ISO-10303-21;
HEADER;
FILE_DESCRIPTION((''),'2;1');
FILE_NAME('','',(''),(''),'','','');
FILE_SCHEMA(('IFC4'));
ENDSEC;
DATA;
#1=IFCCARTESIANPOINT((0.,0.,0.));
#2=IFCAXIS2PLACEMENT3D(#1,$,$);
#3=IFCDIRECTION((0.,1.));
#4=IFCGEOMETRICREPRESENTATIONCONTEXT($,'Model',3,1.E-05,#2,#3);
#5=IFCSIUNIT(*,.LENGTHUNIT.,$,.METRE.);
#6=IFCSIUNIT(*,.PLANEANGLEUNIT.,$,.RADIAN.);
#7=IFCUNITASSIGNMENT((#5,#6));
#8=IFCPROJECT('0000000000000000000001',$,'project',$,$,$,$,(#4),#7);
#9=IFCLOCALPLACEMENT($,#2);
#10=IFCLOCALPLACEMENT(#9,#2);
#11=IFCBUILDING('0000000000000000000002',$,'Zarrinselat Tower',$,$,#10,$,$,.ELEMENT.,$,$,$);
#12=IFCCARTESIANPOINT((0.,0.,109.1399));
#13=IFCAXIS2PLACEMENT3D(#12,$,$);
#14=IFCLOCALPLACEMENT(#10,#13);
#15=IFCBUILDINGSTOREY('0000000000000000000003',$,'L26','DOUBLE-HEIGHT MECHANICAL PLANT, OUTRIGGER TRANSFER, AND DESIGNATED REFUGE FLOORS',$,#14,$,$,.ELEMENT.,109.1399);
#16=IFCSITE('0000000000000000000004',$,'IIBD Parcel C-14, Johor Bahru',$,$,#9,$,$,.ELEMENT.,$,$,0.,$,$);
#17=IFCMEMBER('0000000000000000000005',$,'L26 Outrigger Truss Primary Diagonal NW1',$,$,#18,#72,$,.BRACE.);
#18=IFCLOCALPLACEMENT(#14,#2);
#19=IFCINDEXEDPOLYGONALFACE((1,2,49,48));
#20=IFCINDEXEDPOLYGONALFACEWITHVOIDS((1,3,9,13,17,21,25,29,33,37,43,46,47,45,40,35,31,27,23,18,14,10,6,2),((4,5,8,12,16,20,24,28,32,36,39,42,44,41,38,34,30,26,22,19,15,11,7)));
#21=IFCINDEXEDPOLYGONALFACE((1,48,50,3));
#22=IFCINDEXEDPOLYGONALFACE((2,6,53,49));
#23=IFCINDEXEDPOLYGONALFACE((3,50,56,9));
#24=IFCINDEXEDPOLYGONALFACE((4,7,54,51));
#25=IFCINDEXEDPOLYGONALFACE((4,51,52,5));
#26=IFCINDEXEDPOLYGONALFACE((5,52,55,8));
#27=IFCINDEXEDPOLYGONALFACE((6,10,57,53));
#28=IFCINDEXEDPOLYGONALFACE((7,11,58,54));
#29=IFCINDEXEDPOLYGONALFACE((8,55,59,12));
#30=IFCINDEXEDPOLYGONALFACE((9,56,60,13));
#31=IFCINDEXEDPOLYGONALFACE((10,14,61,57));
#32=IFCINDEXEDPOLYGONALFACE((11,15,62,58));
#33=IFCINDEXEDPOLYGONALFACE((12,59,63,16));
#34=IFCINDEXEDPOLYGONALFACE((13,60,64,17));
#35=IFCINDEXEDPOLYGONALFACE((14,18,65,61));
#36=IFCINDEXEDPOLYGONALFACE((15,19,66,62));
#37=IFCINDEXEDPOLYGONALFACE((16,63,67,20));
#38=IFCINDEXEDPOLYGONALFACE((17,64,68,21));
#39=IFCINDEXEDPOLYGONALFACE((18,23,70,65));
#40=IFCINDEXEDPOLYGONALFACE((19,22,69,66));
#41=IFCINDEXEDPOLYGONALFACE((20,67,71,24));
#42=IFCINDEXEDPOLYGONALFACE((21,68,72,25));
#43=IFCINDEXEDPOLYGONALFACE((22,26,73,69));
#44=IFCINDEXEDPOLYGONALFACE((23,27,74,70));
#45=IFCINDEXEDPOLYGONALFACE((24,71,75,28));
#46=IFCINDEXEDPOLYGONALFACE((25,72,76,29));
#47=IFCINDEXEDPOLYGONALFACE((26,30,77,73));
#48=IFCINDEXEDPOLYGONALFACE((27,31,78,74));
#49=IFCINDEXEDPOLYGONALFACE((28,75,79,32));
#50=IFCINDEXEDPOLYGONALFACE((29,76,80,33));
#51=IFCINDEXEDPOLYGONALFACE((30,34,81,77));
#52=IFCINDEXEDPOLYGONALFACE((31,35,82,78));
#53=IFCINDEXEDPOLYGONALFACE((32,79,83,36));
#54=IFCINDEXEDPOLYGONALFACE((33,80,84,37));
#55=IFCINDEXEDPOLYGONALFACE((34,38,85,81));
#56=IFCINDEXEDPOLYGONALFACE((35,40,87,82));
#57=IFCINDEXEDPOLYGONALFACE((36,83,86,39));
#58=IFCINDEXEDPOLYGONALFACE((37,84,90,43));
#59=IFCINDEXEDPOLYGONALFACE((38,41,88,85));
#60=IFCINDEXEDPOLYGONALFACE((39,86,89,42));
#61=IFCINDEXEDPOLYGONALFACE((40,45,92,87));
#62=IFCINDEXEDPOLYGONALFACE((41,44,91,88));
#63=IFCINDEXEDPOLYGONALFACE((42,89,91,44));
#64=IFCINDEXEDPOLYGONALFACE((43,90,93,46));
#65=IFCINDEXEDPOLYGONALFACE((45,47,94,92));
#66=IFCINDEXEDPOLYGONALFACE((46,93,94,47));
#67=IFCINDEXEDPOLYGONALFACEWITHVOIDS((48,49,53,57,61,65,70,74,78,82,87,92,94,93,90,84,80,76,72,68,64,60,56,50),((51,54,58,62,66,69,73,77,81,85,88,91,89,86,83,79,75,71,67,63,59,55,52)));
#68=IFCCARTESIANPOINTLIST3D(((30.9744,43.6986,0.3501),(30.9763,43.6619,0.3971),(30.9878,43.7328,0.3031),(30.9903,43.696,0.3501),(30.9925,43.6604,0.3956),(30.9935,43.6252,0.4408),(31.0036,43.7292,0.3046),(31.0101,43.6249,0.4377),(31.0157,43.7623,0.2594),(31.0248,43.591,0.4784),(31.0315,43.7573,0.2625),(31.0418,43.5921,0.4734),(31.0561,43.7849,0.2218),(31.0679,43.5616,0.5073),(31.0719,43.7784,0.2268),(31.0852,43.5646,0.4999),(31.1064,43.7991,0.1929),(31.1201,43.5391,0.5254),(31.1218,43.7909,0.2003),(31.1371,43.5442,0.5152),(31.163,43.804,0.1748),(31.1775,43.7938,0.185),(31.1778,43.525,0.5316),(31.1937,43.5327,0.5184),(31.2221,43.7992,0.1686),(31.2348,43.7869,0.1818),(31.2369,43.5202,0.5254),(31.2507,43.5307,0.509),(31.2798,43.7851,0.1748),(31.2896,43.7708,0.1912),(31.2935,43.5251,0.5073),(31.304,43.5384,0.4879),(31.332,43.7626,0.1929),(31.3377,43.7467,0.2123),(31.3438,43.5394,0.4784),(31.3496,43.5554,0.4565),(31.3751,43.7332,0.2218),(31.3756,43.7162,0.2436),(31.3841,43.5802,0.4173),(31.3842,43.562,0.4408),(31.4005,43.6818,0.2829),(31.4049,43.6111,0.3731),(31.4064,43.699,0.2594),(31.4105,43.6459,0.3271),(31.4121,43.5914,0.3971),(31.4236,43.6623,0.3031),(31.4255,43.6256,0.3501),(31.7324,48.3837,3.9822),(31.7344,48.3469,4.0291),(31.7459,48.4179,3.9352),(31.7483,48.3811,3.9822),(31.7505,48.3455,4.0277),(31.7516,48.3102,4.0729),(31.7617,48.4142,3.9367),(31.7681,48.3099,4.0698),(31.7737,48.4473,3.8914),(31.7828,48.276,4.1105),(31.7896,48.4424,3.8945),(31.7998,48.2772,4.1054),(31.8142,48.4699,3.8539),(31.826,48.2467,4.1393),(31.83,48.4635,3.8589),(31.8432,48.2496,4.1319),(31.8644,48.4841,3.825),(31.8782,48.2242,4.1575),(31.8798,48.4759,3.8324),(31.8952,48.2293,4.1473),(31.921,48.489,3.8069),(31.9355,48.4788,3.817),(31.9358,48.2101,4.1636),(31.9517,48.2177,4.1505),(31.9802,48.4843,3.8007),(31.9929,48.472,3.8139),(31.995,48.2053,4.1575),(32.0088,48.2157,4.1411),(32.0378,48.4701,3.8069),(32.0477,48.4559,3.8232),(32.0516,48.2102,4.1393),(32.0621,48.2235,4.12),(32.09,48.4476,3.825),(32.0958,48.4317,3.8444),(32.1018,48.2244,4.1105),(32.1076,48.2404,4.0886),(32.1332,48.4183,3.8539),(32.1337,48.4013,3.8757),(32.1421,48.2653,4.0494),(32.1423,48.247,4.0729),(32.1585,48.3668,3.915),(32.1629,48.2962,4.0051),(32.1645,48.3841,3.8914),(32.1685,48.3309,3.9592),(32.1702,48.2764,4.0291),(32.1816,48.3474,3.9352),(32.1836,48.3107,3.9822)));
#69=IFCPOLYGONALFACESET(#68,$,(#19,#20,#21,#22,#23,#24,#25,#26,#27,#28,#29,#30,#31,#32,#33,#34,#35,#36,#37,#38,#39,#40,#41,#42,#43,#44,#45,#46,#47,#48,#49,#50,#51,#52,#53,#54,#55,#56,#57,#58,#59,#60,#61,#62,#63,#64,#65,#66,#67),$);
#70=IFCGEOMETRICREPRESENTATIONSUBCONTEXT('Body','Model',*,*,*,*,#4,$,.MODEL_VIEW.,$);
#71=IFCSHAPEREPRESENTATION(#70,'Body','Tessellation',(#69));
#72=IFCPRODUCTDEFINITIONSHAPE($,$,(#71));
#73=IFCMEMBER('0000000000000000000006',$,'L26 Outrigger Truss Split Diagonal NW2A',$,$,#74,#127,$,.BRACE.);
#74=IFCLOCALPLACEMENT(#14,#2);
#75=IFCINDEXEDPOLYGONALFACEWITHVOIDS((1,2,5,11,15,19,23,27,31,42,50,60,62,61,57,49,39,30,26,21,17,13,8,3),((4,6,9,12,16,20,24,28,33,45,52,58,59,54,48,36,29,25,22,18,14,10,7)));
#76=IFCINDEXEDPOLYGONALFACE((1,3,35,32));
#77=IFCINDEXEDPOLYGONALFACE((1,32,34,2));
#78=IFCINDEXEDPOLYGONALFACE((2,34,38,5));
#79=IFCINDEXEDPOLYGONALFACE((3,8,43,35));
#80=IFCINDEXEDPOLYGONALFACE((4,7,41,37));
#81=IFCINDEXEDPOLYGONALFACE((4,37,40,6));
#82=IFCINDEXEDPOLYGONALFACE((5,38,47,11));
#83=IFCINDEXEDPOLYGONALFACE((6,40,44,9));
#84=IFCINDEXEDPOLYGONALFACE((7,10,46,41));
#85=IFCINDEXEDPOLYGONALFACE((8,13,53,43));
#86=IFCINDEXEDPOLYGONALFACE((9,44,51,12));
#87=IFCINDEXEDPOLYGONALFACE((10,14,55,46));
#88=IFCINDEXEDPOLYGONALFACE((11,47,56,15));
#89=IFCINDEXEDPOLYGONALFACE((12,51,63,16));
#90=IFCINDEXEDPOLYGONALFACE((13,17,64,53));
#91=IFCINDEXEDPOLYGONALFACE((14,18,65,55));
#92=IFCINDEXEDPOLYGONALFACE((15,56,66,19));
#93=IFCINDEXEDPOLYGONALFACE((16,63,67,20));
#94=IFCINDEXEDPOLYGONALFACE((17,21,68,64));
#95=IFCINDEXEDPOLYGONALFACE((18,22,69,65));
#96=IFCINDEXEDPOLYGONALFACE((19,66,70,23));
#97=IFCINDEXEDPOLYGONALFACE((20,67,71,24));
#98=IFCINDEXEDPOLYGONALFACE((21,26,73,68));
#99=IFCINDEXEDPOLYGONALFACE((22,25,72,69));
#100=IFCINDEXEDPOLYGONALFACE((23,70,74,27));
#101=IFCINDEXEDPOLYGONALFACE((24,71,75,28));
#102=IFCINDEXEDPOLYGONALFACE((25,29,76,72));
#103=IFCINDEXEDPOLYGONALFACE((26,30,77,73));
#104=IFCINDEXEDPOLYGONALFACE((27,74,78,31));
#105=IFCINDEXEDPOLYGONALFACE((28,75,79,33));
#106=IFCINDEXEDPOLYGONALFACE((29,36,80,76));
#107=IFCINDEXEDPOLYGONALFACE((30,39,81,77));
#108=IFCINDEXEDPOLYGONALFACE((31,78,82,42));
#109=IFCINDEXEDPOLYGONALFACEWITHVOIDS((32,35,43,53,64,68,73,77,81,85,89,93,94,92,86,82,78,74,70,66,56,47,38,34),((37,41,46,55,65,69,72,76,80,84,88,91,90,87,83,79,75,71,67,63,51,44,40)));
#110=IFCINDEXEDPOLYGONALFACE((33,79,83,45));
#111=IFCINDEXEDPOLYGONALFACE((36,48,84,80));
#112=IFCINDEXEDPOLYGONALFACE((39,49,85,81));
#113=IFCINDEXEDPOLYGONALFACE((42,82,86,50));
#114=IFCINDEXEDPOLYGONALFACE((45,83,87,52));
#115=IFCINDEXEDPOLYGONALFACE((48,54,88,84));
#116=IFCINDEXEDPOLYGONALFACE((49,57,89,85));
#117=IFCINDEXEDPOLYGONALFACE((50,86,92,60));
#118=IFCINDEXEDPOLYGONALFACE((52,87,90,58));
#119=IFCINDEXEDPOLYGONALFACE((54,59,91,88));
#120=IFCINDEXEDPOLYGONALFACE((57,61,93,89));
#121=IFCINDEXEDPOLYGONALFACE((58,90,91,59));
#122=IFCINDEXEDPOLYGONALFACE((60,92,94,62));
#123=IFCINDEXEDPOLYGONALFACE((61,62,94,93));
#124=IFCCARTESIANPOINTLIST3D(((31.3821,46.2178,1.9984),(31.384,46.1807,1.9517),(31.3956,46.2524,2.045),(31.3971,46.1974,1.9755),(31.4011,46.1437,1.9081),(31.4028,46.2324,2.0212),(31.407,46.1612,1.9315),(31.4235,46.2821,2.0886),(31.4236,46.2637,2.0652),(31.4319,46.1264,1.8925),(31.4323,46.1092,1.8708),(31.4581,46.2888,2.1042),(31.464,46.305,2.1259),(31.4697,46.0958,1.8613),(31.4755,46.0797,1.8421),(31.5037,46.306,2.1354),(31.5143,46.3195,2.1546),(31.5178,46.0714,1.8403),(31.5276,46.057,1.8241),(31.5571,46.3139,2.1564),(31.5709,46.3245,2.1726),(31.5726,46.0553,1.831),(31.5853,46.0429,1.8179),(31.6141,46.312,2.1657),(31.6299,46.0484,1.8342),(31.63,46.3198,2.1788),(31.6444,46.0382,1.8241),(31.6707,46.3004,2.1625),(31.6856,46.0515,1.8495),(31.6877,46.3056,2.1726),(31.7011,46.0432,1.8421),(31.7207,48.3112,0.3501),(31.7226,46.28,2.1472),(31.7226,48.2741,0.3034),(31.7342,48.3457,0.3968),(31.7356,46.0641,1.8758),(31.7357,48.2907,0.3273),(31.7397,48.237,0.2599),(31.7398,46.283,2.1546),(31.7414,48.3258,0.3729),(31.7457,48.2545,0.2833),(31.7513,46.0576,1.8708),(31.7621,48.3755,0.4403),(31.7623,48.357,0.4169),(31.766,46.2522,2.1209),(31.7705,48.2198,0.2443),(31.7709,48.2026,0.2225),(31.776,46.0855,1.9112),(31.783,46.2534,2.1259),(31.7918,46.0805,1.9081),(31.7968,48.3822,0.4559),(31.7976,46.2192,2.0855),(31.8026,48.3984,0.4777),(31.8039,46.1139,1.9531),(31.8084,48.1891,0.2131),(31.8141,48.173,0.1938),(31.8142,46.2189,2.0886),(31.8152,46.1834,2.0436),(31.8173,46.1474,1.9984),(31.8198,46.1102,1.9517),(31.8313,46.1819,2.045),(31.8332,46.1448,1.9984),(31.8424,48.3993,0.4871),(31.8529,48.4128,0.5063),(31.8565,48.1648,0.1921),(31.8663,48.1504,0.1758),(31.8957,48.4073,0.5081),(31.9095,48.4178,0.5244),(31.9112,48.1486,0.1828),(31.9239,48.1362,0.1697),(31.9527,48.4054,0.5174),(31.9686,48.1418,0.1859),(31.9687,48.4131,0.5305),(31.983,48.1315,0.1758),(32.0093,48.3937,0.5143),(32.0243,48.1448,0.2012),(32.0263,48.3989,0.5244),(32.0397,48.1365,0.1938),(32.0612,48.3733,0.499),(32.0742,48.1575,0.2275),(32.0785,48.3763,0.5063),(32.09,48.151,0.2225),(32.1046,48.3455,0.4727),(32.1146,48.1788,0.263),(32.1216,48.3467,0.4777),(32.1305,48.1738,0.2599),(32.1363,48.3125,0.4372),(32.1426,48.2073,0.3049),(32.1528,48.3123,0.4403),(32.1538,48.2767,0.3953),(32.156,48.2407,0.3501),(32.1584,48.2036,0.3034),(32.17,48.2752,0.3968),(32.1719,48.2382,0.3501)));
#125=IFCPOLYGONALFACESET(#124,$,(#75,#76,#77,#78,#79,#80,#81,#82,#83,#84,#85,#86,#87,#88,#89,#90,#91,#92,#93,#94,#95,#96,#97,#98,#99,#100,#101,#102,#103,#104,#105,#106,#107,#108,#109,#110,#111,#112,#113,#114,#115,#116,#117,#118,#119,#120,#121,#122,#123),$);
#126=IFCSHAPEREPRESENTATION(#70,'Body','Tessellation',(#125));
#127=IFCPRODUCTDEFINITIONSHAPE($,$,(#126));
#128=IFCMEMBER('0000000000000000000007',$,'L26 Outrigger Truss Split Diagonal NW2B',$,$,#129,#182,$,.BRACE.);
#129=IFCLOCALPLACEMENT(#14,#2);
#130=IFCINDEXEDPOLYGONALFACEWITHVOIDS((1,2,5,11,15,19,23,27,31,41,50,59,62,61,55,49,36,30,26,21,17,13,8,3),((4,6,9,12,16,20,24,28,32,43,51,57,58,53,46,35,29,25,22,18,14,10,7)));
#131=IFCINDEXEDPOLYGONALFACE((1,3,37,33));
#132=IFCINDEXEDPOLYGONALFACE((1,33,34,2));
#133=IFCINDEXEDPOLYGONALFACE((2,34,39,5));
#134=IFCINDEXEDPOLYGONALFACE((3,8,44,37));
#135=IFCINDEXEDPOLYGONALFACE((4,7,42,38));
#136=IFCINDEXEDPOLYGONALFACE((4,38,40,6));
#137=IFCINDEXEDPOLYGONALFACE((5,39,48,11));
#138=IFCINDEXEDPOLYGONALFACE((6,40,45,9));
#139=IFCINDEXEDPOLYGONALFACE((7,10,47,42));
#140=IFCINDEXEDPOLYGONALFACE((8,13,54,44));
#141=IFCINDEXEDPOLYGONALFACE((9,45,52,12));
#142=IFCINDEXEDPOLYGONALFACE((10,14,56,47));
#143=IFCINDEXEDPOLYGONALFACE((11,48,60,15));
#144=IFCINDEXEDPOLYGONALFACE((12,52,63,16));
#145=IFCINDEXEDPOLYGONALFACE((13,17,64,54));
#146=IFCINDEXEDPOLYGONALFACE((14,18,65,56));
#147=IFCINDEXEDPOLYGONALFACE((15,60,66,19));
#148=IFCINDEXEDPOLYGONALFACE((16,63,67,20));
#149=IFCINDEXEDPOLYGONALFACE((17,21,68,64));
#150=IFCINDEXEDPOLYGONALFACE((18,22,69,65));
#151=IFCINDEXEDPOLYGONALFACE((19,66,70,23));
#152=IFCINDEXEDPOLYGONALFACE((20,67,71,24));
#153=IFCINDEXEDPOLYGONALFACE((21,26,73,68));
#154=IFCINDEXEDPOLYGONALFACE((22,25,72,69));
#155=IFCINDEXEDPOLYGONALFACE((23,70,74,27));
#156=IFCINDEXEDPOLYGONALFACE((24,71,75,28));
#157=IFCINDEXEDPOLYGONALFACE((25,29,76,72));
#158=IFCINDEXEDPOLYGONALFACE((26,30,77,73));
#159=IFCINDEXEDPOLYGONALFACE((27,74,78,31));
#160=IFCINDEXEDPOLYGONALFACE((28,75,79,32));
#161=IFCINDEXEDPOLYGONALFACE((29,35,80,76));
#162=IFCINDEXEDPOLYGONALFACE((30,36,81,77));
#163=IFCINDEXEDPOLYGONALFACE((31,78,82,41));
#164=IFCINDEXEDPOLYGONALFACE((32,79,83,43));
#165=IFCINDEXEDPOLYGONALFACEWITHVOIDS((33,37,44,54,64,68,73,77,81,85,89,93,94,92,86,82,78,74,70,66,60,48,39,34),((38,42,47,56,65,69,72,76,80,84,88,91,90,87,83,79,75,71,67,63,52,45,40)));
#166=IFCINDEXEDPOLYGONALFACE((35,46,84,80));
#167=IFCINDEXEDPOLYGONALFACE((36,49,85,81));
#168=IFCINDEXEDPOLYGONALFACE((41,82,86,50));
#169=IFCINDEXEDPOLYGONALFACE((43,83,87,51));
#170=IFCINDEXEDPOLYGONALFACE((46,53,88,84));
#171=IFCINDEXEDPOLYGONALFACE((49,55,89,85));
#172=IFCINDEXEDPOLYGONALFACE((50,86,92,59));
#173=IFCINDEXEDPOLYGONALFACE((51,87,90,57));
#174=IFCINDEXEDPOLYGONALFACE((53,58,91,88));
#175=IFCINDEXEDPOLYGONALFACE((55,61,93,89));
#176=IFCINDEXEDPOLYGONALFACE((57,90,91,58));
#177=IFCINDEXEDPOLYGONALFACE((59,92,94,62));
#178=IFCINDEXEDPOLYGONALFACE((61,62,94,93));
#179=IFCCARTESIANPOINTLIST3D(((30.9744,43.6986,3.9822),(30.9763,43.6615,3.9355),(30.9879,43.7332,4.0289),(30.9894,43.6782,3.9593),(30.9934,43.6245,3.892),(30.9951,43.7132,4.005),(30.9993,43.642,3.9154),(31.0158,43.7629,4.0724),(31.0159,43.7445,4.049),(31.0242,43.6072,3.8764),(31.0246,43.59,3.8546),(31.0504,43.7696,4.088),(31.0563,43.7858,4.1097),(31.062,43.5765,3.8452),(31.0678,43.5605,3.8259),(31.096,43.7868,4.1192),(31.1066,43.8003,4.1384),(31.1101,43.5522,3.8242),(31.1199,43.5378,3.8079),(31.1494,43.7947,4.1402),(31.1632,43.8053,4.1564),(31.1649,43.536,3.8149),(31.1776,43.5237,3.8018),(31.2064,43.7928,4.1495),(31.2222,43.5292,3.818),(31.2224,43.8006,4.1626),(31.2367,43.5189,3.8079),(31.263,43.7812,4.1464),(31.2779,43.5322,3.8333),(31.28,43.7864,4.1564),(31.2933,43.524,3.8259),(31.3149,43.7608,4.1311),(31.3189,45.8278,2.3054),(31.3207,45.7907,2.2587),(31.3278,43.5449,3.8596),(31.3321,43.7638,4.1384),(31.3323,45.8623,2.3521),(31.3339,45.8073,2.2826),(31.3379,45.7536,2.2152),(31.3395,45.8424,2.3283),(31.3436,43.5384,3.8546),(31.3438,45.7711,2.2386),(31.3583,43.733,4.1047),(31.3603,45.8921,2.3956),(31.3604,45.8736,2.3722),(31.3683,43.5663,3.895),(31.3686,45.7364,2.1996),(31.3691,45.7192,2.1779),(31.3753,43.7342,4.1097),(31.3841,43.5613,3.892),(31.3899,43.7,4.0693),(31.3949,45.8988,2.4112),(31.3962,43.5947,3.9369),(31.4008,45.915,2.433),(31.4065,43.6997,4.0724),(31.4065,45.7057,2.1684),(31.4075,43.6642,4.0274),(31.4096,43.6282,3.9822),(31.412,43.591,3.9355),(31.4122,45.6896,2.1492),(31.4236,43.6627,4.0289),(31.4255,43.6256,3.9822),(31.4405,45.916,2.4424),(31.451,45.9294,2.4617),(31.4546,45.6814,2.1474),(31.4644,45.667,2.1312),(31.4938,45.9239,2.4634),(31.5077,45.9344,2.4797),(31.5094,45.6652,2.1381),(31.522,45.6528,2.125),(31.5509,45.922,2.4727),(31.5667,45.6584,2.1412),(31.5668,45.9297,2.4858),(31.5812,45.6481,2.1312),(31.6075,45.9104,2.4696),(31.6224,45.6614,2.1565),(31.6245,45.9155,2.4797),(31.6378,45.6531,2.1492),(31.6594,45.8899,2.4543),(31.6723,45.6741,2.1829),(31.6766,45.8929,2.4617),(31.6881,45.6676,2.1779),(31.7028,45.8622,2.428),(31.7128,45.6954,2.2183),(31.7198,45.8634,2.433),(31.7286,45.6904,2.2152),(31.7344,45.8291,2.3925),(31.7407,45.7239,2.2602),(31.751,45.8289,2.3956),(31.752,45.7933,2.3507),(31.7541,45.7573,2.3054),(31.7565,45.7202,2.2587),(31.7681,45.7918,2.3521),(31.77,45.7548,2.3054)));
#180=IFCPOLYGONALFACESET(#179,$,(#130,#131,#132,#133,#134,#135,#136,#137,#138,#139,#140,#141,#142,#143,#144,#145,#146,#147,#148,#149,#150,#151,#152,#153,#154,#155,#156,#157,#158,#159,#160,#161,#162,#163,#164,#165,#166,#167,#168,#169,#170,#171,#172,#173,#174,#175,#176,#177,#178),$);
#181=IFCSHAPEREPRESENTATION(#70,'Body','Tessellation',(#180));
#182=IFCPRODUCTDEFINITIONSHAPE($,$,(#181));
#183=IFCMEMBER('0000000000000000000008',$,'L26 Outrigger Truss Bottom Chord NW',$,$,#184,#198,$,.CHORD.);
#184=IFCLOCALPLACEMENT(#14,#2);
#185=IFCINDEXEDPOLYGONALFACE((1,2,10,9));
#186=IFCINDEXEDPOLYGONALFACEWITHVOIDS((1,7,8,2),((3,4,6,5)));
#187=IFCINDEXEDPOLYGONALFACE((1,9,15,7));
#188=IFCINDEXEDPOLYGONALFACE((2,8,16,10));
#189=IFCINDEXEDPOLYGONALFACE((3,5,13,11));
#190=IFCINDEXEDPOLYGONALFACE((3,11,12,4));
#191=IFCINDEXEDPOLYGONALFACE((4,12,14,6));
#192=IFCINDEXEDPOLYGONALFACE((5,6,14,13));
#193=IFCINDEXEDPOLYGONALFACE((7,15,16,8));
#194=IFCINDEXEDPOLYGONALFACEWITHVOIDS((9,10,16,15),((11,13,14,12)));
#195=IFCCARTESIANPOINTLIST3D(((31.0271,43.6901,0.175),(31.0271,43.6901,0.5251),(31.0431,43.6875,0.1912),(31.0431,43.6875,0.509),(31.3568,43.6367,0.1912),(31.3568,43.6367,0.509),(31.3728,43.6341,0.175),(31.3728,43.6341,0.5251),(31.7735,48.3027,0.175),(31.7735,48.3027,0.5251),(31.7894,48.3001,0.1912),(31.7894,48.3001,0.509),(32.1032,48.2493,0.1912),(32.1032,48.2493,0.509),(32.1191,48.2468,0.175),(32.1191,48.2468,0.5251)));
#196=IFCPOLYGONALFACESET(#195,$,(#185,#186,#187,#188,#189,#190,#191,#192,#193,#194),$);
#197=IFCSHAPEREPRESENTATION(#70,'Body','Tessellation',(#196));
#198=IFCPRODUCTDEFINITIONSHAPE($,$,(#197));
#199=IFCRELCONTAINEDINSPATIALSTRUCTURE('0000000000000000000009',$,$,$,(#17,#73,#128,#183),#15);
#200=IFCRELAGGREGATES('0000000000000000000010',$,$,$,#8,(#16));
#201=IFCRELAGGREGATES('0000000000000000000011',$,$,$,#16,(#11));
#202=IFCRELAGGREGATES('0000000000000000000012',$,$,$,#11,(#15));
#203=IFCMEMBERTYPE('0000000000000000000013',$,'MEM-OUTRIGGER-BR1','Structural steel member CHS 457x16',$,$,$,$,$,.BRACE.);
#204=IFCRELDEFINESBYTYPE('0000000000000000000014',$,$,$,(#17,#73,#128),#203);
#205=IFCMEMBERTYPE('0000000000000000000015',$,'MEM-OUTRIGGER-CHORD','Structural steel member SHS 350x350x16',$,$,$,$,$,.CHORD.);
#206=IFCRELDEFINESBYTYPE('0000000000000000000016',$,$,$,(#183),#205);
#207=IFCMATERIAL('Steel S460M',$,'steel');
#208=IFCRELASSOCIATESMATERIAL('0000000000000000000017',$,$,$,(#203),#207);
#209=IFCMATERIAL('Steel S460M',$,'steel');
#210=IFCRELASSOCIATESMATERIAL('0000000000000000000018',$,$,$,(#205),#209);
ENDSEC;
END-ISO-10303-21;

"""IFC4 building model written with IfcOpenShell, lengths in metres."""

from ifc_helpers import new_model, si_unit, direction, frame, origin, origin_2d, place, context, subcontext, project, spatial, hollow_rectangle, hollow_circle, extrude, material, material_profile, profile_set, type_object, element, save


model = new_model("IFC4")

# Units and contexts
model_context = context("Model", 3, precision=1e-05, world=origin(), true_north=direction((0.0, 1.0)))
body_context = subcontext(model_context, "Body", "Model", "MODEL_VIEW")
ifc_project = project(units=[si_unit("LENGTHUNIT", "METRE"), si_unit("PLANEANGLEUNIT", "RADIAN")], contexts=[model_context])

# Site, building, storey
site_placement = place(None, origin())
site = spatial("IfcSite", under=ifc_project, at=site_placement, Name="IIBD Parcel C-14, Johor Bahru", CompositionType="ELEMENT", RefElevation=0.0)
building_placement = place(site_placement, origin())
building = spatial("IfcBuilding", under=site, at=building_placement, Name="Zarrinselat Tower", CompositionType="ELEMENT")
storey_placement = place(building_placement, frame((0.0, 0.0, 109.1399)))
storey = spatial("IfcBuildingStorey", under=building, at=storey_placement, Name="L26", Description="DOUBLE-HEIGHT MECHANICAL PLANT, OUTRIGGER TRANSFER, AND DESIGNATED REFUGE FLOORS", CompositionType="ELEMENT", Elevation=109.1399)

# Members
ifc_material_1 = material(Name="Steel S460M", Category="steel")
ifc_material_profile_1 = material_profile(ifc_material_1, hollow_circle(Radius=0.2285, WallThickness=0.0161, at=origin_2d()), Name="CHS 457x16")
ifc_profile_set_1 = profile_set([ifc_material_profile_1], Name="Steel S460M")
member_type_1 = type_object("IfcMemberType", Name="MEM-OUTRIGGER-BR1", Description="Structural steel member CHS 457x16", PredefinedType="BRACE", material=ifc_profile_set_1)
member_1_placement = place(storey_placement, frame((31.2, 43.6621, 0.3501), z_axis=(0.126843, 0.783937, 0.607745), x_axis=(-0.987161, 0.159726, 0.0)))
element("IfcMember", 1, at=member_1_placement, inside=storey, type_object=member_type_1, Name="L26 Outrigger Truss Primary Diagonal NW1", PredefinedType="BRACE", context=body_context, shape_type="SweptSolid", body=[
    extrude(hollow_circle(Radius=0.2285, WallThickness=0.0161, at=origin_2d()), origin(), (0.0, 0.0, 1.0), 5.9763),
])
member_2_placement = place(storey_placement, frame((31.9463, 48.2747, 0.3501), z_axis=(-0.126084, -0.779412, 0.613694), x_axis=(0.987167, -0.159692, 0.0)))
element("IfcMember", 2, at=member_2_placement, inside=storey, type_object=member_type_1, Name="L26 Outrigger Truss Split Diagonal NW2A", PredefinedType="BRACE", context=body_context, shape_type="SweptSolid", body=[
    extrude(hollow_circle(Radius=0.2285, WallThickness=0.0161, at=origin_2d()), origin(), (0.0, 0.0, 1.0), 2.6858),
])
member_3_placement = place(storey_placement, frame((31.5444, 45.7913, 2.3054), z_axis=(-0.126095, -0.779356, 0.613762), x_axis=(0.987163, -0.159716, 0.0)))
element("IfcMember", 3, at=member_3_placement, inside=storey, type_object=member_type_1, Name="L26 Outrigger Truss Split Diagonal NW2B", PredefinedType="BRACE", context=body_context, shape_type="SweptSolid", body=[
    extrude(hollow_circle(Radius=0.2285, WallThickness=0.0161, at=origin_2d()), origin(), (0.0, 0.0, 1.0), 2.7319),
])
ifc_material_2 = material(Name="Steel S460M", Category="steel")
ifc_material_profile_2 = material_profile(ifc_material_2, hollow_rectangle(XDim=0.3501, YDim=0.3501, WallThickness=0.0161, at=origin_2d()), Name="SHS 350x350x16")
ifc_profile_set_2 = profile_set([ifc_material_profile_2], Name="Steel S460M")
member_type_2 = type_object("IfcMemberType", Name="MEM-OUTRIGGER-CHORD", Description="Structural steel member SHS 350x350x16", PredefinedType="CHORD", material=ifc_profile_set_2)
member_4_placement = place(storey_placement, frame((31.2, 43.6621, 0.3501), z_axis=(0.159729, 0.987161, 0.0), x_axis=(-0.987161, 0.159729, 0.0)))
element("IfcMember", 4, at=member_4_placement, inside=storey, type_object=member_type_2, Name="L26 Outrigger Truss Bottom Chord NW", PredefinedType="CHORD", context=body_context, shape_type="SweptSolid", body=[
    extrude(hollow_rectangle(XDim=0.3501, YDim=0.3501, WallThickness=0.0161, at=origin_2d()), origin(), (0.0, 0.0, 1.0), 4.6726),
])

save(model, "model.ifc")
